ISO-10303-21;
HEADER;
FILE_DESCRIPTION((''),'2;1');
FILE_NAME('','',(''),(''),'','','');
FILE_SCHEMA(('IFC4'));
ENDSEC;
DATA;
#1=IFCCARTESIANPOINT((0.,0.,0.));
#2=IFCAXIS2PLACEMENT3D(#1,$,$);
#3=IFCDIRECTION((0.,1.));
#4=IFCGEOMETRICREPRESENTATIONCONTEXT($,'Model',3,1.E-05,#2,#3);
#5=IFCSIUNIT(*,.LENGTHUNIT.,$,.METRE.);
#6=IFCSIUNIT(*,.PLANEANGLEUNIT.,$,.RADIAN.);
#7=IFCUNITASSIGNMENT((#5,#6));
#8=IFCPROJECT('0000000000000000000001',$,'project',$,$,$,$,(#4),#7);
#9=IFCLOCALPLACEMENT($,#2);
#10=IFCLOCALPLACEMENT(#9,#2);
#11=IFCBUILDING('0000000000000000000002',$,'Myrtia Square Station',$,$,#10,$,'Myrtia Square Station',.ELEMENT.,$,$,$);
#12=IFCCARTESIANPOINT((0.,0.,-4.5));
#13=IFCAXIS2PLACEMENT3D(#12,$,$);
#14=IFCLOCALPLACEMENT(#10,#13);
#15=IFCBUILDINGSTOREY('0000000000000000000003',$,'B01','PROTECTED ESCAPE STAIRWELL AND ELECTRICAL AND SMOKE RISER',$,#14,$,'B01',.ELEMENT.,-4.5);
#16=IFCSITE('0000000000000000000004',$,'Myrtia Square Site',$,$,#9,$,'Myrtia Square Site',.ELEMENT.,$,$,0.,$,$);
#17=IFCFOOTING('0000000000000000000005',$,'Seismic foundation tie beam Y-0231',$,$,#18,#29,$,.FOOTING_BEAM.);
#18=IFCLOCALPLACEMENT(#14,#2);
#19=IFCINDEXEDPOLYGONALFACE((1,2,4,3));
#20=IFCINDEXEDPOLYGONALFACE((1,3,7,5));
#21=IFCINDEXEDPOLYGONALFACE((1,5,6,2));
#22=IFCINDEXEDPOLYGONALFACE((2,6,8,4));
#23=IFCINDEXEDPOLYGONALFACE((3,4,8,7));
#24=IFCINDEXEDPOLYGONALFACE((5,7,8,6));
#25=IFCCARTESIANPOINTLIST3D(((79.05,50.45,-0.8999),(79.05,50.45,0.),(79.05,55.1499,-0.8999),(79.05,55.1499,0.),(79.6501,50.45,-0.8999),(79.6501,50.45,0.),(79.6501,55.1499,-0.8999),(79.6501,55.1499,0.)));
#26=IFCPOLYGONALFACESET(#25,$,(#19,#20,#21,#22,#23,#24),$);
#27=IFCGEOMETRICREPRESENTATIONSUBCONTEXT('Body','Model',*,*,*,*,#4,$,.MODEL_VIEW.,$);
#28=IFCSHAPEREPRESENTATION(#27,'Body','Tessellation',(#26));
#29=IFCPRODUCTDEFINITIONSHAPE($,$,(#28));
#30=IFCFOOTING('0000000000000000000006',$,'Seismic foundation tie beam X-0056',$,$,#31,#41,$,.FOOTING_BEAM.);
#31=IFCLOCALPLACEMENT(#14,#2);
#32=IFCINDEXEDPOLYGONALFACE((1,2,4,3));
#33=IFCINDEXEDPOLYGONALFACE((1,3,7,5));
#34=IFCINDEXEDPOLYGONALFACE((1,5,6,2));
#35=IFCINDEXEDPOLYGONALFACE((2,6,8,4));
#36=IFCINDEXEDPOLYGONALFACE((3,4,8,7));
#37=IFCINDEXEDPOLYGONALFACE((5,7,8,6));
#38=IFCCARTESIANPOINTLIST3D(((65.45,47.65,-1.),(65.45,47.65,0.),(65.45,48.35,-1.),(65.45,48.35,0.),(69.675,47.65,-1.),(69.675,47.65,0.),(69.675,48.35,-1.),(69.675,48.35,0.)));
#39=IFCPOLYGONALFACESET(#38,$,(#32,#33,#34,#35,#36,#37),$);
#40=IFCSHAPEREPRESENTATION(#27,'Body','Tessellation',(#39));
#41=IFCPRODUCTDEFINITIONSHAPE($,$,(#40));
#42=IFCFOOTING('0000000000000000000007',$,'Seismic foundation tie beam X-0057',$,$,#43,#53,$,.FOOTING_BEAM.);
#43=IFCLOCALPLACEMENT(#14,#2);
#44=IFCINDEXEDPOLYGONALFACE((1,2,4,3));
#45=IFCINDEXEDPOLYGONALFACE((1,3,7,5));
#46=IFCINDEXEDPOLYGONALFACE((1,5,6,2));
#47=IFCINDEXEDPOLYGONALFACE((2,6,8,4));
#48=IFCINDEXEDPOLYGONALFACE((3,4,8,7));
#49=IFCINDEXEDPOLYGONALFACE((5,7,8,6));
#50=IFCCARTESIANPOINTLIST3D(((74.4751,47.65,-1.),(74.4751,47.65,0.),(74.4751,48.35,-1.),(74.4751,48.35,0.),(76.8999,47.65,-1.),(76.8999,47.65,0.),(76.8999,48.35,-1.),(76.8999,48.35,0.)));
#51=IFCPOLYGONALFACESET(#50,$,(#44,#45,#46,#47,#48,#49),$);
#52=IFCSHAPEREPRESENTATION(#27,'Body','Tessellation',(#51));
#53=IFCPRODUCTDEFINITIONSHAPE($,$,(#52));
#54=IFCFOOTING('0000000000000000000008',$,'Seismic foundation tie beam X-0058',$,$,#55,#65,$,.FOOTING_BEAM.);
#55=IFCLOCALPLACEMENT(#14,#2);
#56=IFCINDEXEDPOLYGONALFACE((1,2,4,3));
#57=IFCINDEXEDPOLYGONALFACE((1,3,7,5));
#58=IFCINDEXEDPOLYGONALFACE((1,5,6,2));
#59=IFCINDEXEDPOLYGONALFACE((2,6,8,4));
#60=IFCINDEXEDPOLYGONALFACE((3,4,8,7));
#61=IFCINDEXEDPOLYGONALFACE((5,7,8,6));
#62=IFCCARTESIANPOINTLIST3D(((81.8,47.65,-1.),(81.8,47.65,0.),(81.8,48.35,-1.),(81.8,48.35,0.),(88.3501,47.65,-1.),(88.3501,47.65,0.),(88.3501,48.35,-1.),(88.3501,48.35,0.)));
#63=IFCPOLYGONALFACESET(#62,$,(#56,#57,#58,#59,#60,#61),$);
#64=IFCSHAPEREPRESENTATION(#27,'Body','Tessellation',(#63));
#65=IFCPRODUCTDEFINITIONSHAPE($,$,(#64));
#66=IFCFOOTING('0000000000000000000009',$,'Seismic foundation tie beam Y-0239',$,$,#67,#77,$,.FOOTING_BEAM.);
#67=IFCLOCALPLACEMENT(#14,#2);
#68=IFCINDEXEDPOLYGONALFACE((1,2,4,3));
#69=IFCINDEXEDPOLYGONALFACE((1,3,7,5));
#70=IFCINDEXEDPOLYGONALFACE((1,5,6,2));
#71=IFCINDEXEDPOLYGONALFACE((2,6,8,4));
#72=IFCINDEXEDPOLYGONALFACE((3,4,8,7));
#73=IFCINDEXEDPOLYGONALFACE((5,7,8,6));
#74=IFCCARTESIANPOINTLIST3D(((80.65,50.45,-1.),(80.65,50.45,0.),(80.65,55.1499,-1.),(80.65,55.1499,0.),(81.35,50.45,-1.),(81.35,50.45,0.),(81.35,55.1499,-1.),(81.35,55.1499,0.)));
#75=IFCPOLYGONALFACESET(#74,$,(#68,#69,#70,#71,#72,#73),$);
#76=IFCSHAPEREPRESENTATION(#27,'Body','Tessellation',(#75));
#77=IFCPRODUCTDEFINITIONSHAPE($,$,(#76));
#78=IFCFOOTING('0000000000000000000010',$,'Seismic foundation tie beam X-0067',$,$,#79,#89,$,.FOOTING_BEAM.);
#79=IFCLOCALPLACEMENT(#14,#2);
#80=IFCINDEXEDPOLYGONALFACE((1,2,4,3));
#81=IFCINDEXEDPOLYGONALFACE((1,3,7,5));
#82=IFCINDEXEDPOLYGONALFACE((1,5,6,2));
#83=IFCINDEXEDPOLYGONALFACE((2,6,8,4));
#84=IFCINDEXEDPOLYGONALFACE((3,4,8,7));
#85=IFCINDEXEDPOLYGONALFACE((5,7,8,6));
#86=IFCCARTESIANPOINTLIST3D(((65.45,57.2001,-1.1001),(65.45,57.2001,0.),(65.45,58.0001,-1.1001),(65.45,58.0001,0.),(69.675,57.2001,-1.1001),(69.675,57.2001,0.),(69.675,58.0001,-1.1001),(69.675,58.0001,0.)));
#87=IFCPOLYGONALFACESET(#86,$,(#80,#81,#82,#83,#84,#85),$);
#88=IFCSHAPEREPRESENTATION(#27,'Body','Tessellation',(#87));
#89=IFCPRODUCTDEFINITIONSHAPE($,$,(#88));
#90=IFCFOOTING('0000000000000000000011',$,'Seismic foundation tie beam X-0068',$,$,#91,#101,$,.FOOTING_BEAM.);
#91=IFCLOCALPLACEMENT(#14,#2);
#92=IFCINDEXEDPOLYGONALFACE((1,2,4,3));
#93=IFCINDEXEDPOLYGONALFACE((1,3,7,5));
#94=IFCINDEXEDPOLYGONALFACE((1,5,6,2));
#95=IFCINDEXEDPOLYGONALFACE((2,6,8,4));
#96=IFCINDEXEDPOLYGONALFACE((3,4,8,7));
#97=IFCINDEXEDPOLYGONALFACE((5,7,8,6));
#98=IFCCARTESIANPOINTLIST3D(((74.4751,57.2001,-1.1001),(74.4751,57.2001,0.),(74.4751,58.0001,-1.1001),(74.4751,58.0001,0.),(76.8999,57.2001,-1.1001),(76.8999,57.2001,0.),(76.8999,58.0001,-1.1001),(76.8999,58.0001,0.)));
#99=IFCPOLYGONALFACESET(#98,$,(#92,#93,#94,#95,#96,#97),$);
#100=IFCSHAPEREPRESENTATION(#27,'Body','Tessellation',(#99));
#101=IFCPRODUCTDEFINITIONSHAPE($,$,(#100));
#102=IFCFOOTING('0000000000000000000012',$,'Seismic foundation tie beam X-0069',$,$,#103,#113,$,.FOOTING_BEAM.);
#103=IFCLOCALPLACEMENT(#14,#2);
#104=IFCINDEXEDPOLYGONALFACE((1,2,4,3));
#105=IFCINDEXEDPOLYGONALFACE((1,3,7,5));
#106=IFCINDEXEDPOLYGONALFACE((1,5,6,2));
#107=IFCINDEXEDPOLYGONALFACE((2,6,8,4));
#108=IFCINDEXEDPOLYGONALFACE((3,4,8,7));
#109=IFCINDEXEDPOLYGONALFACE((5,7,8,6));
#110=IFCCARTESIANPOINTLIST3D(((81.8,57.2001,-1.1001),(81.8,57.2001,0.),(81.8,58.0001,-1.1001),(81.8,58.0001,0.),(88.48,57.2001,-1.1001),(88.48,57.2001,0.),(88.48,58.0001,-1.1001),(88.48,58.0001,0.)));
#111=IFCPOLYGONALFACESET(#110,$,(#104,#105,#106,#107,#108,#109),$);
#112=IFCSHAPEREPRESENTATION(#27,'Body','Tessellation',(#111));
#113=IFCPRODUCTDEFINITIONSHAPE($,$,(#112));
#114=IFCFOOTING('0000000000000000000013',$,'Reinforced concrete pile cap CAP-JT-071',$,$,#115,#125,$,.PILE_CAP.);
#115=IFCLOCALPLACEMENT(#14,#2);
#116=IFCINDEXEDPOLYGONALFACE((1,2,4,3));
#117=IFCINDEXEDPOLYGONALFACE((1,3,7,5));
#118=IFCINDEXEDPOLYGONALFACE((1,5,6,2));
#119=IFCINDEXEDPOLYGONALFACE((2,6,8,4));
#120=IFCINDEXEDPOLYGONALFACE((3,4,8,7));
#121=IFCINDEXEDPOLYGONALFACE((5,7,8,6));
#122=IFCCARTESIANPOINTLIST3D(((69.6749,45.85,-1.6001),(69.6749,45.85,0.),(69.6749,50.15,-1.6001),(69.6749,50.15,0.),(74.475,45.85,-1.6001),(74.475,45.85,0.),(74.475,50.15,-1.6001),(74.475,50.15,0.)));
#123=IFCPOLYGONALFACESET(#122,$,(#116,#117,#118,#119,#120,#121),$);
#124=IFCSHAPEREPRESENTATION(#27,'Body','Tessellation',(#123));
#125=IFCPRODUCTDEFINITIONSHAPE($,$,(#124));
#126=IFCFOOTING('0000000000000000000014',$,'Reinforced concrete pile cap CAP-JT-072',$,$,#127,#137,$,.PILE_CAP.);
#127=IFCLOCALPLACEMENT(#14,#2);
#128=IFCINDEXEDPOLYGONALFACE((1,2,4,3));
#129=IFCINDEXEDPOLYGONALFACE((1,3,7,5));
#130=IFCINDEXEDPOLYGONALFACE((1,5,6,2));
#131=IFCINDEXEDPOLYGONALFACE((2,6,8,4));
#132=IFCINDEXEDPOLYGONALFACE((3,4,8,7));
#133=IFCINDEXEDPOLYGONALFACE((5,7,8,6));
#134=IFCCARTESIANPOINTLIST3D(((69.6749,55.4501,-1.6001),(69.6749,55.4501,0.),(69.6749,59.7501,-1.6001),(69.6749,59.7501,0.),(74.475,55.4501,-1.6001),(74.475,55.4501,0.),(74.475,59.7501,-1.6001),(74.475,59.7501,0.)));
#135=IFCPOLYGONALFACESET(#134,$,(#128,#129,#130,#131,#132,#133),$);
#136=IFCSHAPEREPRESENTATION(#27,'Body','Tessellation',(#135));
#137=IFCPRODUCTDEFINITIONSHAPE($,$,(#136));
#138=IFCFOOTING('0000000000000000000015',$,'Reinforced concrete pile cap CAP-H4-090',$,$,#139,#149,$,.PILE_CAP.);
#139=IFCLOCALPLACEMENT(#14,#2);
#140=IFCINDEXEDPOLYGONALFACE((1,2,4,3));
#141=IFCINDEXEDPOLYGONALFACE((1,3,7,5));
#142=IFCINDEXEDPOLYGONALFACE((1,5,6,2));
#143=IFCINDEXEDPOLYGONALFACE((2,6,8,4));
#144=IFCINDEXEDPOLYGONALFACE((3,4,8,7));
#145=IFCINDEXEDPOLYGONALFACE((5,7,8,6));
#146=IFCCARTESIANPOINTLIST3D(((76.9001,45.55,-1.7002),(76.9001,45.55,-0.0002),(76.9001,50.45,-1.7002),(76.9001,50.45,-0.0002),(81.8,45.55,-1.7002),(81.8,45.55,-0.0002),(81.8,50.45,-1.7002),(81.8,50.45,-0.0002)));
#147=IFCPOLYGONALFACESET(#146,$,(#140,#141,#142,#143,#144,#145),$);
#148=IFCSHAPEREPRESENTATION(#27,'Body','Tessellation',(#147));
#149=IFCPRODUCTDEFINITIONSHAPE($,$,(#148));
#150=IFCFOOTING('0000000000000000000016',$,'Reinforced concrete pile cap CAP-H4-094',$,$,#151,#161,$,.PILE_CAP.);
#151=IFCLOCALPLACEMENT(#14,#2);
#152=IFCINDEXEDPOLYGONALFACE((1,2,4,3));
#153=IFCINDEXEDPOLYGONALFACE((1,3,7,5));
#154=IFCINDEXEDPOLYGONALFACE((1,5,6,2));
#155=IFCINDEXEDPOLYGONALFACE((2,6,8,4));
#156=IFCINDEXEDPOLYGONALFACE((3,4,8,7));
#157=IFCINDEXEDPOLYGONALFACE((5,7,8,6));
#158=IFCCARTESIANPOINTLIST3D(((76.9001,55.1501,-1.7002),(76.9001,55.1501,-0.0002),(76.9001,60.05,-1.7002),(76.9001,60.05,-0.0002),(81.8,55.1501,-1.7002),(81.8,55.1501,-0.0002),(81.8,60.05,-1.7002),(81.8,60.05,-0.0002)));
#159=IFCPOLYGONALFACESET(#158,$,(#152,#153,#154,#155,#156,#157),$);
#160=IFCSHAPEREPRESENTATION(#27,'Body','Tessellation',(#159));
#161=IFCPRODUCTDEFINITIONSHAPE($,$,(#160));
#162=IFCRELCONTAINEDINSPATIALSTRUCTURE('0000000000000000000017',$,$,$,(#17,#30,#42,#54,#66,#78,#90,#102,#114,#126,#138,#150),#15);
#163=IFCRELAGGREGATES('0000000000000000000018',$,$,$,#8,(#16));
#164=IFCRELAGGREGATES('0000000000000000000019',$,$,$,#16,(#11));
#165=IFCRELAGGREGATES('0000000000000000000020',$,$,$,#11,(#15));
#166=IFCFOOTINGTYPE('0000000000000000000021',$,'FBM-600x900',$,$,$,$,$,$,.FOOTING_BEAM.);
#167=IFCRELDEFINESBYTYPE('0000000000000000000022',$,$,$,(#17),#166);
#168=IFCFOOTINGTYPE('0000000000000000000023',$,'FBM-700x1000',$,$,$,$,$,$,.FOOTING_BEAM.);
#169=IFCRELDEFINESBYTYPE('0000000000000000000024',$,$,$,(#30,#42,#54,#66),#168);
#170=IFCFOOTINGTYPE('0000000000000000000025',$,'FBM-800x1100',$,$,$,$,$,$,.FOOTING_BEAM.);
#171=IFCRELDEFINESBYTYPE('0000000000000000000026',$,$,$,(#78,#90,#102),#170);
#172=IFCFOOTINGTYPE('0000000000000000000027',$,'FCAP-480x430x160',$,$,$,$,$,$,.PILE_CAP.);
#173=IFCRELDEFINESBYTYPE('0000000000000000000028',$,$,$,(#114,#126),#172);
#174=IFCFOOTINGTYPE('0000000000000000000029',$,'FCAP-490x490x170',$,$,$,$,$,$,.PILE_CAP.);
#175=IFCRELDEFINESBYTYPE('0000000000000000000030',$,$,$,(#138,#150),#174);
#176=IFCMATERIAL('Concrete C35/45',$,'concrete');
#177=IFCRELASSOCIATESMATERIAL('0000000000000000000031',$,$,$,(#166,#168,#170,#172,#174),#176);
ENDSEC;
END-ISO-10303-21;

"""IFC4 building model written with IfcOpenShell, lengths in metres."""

from ifc_helpers import new_model, si_unit, direction, frame, origin, origin_2d, place, context, subcontext, project, spatial, rectangle, extrude, material, material_profile, profile_set, type_object, element, save


model = new_model("IFC4")

# Units and contexts
model_context = context("Model", 3, precision=1e-05, world=origin(), true_north=direction((0.0, 1.0)))
body_context = subcontext(model_context, "Body", "Model", "MODEL_VIEW")
ifc_project = project(units=[si_unit("LENGTHUNIT", "METRE"), si_unit("PLANEANGLEUNIT", "RADIAN")], contexts=[model_context])

# Site, building, storey
site_placement = place(None, origin())
site = spatial("IfcSite", under=ifc_project, at=site_placement, Name="Myrtia Square Site", LongName="Myrtia Square Site", CompositionType="ELEMENT", RefElevation=0.0)
building_placement = place(site_placement, origin())
building = spatial("IfcBuilding", under=site, at=building_placement, Name="Myrtia Square Station", LongName="Myrtia Square Station", CompositionType="ELEMENT")
storey_placement = place(building_placement, frame((0.0, 0.0, -4.5)))
storey = spatial("IfcBuildingStorey", under=building, at=storey_placement, Name="B01", Description="PROTECTED ESCAPE STAIRWELL AND ELECTRICAL AND SMOKE RISER", LongName="B01", CompositionType="ELEMENT", Elevation=-4.5)

# Footings
ifc_material_1 = material(Name="Concrete C35/45", Category="concrete")
ifc_material_profile_1 = material_profile(ifc_material_1, rectangle(XDim=0.6001, YDim=0.8999, at=origin_2d()), Name="FB 600x900")
ifc_profile_set_1 = profile_set([ifc_material_profile_1], Name="Concrete C35/45")
footing_type_1 = type_object("IfcFootingType", Name="FBM-600x900", PredefinedType="FOOTING_BEAM", material=ifc_profile_set_1)
footing_1_placement = place(storey_placement, frame((79.3501, 50.45, -0.45), z_axis=(0.0, 1.0, 0.0), x_axis=(-1.0, 0.0, 0.0)))
element("IfcFooting", 1, at=footing_1_placement, inside=storey, type_object=footing_type_1, Name="Seismic foundation tie beam Y-0231", PredefinedType="FOOTING_BEAM", context=body_context, shape_type="SweptSolid", body=[
    extrude(rectangle(XDim=0.6001, YDim=0.8999, at=origin_2d()), origin(), (0.0, 0.0, 1.0), 4.7),
])
ifc_material_profile_2 = material_profile(ifc_material_1, rectangle(XDim=0.7, YDim=1.0, at=origin_2d()), Name="FB 700x1000")
ifc_profile_set_2 = profile_set([ifc_material_profile_2], Name="Concrete C35/45")
footing_type_2 = type_object("IfcFootingType", Name="FBM-700x1000", PredefinedType="FOOTING_BEAM", material=ifc_profile_set_2)
footing_2_placement = place(storey_placement, frame((65.45, 48.0, -0.5), z_axis=(1.0, 0.0, 0.0), x_axis=(0.0, 1.0, 0.0)))
element("IfcFooting", 2, at=footing_2_placement, inside=storey, type_object=footing_type_2, Name="Seismic foundation tie beam X-0056", PredefinedType="FOOTING_BEAM", context=body_context, shape_type="SweptSolid", body=[
    extrude(rectangle(XDim=0.7, YDim=1.0, at=origin_2d()), origin(), (0.0, 0.0, 1.0), 4.2251),
])
footing_3_placement = place(storey_placement, frame((74.4751, 48.0, -0.5), z_axis=(1.0, 0.0, 0.0), x_axis=(0.0, 1.0, 0.0)))
element("IfcFooting", 3, at=footing_3_placement, inside=storey, type_object=footing_type_2, Name="Seismic foundation tie beam X-0057", PredefinedType="FOOTING_BEAM", context=body_context, shape_type="SweptSolid", body=[
    extrude(rectangle(XDim=0.7, YDim=1.0, at=origin_2d()), origin(), (0.0, 0.0, 1.0), 2.4248),
])
footing_4_placement = place(storey_placement, frame((81.8, 48.0, -0.5), z_axis=(1.0, 0.0, 0.0), x_axis=(0.0, 1.0, 0.0)))
element("IfcFooting", 4, at=footing_4_placement, inside=storey, type_object=footing_type_2, Name="Seismic foundation tie beam X-0058", PredefinedType="FOOTING_BEAM", context=body_context, shape_type="SweptSolid", body=[
    extrude(rectangle(XDim=0.7, YDim=1.0, at=origin_2d()), origin(), (0.0, 0.0, 1.0), 6.55),
])
footing_5_placement = place(storey_placement, frame((81.0, 50.45, -0.5), z_axis=(0.0, 1.0, 0.0), x_axis=(-1.0, 0.0, 0.0)))
element("IfcFooting", 5, at=footing_5_placement, inside=storey, type_object=footing_type_2, Name="Seismic foundation tie beam Y-0239", PredefinedType="FOOTING_BEAM", context=body_context, shape_type="SweptSolid", body=[
    extrude(rectangle(XDim=0.7, YDim=1.0, at=origin_2d()), origin(), (0.0, 0.0, 1.0), 4.7),
])
ifc_material_profile_3 = material_profile(ifc_material_1, rectangle(XDim=0.8, YDim=1.1001, at=origin_2d()), Name="FB 800x1100")
ifc_profile_set_3 = profile_set([ifc_material_profile_3], Name="Concrete C35/45")
footing_type_3 = type_object("IfcFootingType", Name="FBM-800x1100", PredefinedType="FOOTING_BEAM", material=ifc_profile_set_3)
footing_6_placement = place(storey_placement, frame((65.45, 57.6001, -0.55), z_axis=(1.0, 0.0, 0.0), x_axis=(0.0, 1.0, 0.0)))
element("IfcFooting", 6, at=footing_6_placement, inside=storey, type_object=footing_type_3, Name="Seismic foundation tie beam X-0067", PredefinedType="FOOTING_BEAM", context=body_context, shape_type="SweptSolid", body=[
    extrude(rectangle(XDim=0.8, YDim=1.1001, at=origin_2d()), origin(), (0.0, 0.0, 1.0), 4.2251),
])
footing_7_placement = place(storey_placement, frame((74.4751, 57.6001, -0.55), z_axis=(1.0, 0.0, 0.0), x_axis=(0.0, 1.0, 0.0)))
element("IfcFooting", 7, at=footing_7_placement, inside=storey, type_object=footing_type_3, Name="Seismic foundation tie beam X-0068", PredefinedType="FOOTING_BEAM", context=body_context, shape_type="SweptSolid", body=[
    extrude(rectangle(XDim=0.8, YDim=1.1001, at=origin_2d()), origin(), (0.0, 0.0, 1.0), 2.4248),
])
footing_8_placement = place(storey_placement, frame((81.8, 57.6001, -0.55), z_axis=(1.0, 0.0, 0.0), x_axis=(0.0, 1.0, 0.0)))
element("IfcFooting", 8, at=footing_8_placement, inside=storey, type_object=footing_type_3, Name="Seismic foundation tie beam X-0069", PredefinedType="FOOTING_BEAM", context=body_context, shape_type="SweptSolid", body=[
    extrude(rectangle(XDim=0.8, YDim=1.1001, at=origin_2d()), origin(), (0.0, 0.0, 1.0), 6.6799),
])
footing_type_4 = type_object("IfcFootingType", Name="FCAP-480x430x160", PredefinedType="PILE_CAP", material=ifc_material_1)
for number, where, z_axis, x_axis, name in (
    (9, (72.075, 48.0, -1.6001), (0.0, 0.0, 1.0), (1.0, 0.0, 0.0), "Reinforced concrete pile cap CAP-JT-071"),
    (10, (72.075, 57.6001, -1.6001), (0.0, 0.0, 1.0), (1.0, 0.0, 0.0), "Reinforced concrete pile cap CAP-JT-072"),
):
    element("IfcFooting", number, at=place(storey_placement, frame(where, z_axis=z_axis, x_axis=x_axis)), inside=storey, type_object=footing_type_4, Name=name, PredefinedType="PILE_CAP", context=body_context, shape_type="SweptSolid", body=[
        extrude(rectangle(XDim=4.8, YDim=4.3, at=origin_2d()), origin(), (0.0, 0.0, 1.0), 1.6001),
    ])
footing_type_5 = type_object("IfcFootingType", Name="FCAP-490x490x170", PredefinedType="PILE_CAP", material=ifc_material_1)
for number, where, z_axis, x_axis, name in (
    (11, (79.3501, 48.0, -1.7002), (0.0, 0.0, 1.0), (1.0, 0.0, 0.0), "Reinforced concrete pile cap CAP-H4-090"),
    (12, (79.3501, 57.6001, -1.7002), (0.0, 0.0, 1.0), (1.0, 0.0, 0.0), "Reinforced concrete pile cap CAP-H4-094"),
):
    element("IfcFooting", number, at=place(storey_placement, frame(where, z_axis=z_axis, x_axis=x_axis)), inside=storey, type_object=footing_type_5, Name=name, PredefinedType="PILE_CAP", context=body_context, shape_type="SweptSolid", body=[
        extrude(rectangle(XDim=4.8999, YDim=4.8999, at=origin_2d()), origin(), (0.0, 0.0, 1.0), 1.7),
    ])

save(model, "model.ifc")
